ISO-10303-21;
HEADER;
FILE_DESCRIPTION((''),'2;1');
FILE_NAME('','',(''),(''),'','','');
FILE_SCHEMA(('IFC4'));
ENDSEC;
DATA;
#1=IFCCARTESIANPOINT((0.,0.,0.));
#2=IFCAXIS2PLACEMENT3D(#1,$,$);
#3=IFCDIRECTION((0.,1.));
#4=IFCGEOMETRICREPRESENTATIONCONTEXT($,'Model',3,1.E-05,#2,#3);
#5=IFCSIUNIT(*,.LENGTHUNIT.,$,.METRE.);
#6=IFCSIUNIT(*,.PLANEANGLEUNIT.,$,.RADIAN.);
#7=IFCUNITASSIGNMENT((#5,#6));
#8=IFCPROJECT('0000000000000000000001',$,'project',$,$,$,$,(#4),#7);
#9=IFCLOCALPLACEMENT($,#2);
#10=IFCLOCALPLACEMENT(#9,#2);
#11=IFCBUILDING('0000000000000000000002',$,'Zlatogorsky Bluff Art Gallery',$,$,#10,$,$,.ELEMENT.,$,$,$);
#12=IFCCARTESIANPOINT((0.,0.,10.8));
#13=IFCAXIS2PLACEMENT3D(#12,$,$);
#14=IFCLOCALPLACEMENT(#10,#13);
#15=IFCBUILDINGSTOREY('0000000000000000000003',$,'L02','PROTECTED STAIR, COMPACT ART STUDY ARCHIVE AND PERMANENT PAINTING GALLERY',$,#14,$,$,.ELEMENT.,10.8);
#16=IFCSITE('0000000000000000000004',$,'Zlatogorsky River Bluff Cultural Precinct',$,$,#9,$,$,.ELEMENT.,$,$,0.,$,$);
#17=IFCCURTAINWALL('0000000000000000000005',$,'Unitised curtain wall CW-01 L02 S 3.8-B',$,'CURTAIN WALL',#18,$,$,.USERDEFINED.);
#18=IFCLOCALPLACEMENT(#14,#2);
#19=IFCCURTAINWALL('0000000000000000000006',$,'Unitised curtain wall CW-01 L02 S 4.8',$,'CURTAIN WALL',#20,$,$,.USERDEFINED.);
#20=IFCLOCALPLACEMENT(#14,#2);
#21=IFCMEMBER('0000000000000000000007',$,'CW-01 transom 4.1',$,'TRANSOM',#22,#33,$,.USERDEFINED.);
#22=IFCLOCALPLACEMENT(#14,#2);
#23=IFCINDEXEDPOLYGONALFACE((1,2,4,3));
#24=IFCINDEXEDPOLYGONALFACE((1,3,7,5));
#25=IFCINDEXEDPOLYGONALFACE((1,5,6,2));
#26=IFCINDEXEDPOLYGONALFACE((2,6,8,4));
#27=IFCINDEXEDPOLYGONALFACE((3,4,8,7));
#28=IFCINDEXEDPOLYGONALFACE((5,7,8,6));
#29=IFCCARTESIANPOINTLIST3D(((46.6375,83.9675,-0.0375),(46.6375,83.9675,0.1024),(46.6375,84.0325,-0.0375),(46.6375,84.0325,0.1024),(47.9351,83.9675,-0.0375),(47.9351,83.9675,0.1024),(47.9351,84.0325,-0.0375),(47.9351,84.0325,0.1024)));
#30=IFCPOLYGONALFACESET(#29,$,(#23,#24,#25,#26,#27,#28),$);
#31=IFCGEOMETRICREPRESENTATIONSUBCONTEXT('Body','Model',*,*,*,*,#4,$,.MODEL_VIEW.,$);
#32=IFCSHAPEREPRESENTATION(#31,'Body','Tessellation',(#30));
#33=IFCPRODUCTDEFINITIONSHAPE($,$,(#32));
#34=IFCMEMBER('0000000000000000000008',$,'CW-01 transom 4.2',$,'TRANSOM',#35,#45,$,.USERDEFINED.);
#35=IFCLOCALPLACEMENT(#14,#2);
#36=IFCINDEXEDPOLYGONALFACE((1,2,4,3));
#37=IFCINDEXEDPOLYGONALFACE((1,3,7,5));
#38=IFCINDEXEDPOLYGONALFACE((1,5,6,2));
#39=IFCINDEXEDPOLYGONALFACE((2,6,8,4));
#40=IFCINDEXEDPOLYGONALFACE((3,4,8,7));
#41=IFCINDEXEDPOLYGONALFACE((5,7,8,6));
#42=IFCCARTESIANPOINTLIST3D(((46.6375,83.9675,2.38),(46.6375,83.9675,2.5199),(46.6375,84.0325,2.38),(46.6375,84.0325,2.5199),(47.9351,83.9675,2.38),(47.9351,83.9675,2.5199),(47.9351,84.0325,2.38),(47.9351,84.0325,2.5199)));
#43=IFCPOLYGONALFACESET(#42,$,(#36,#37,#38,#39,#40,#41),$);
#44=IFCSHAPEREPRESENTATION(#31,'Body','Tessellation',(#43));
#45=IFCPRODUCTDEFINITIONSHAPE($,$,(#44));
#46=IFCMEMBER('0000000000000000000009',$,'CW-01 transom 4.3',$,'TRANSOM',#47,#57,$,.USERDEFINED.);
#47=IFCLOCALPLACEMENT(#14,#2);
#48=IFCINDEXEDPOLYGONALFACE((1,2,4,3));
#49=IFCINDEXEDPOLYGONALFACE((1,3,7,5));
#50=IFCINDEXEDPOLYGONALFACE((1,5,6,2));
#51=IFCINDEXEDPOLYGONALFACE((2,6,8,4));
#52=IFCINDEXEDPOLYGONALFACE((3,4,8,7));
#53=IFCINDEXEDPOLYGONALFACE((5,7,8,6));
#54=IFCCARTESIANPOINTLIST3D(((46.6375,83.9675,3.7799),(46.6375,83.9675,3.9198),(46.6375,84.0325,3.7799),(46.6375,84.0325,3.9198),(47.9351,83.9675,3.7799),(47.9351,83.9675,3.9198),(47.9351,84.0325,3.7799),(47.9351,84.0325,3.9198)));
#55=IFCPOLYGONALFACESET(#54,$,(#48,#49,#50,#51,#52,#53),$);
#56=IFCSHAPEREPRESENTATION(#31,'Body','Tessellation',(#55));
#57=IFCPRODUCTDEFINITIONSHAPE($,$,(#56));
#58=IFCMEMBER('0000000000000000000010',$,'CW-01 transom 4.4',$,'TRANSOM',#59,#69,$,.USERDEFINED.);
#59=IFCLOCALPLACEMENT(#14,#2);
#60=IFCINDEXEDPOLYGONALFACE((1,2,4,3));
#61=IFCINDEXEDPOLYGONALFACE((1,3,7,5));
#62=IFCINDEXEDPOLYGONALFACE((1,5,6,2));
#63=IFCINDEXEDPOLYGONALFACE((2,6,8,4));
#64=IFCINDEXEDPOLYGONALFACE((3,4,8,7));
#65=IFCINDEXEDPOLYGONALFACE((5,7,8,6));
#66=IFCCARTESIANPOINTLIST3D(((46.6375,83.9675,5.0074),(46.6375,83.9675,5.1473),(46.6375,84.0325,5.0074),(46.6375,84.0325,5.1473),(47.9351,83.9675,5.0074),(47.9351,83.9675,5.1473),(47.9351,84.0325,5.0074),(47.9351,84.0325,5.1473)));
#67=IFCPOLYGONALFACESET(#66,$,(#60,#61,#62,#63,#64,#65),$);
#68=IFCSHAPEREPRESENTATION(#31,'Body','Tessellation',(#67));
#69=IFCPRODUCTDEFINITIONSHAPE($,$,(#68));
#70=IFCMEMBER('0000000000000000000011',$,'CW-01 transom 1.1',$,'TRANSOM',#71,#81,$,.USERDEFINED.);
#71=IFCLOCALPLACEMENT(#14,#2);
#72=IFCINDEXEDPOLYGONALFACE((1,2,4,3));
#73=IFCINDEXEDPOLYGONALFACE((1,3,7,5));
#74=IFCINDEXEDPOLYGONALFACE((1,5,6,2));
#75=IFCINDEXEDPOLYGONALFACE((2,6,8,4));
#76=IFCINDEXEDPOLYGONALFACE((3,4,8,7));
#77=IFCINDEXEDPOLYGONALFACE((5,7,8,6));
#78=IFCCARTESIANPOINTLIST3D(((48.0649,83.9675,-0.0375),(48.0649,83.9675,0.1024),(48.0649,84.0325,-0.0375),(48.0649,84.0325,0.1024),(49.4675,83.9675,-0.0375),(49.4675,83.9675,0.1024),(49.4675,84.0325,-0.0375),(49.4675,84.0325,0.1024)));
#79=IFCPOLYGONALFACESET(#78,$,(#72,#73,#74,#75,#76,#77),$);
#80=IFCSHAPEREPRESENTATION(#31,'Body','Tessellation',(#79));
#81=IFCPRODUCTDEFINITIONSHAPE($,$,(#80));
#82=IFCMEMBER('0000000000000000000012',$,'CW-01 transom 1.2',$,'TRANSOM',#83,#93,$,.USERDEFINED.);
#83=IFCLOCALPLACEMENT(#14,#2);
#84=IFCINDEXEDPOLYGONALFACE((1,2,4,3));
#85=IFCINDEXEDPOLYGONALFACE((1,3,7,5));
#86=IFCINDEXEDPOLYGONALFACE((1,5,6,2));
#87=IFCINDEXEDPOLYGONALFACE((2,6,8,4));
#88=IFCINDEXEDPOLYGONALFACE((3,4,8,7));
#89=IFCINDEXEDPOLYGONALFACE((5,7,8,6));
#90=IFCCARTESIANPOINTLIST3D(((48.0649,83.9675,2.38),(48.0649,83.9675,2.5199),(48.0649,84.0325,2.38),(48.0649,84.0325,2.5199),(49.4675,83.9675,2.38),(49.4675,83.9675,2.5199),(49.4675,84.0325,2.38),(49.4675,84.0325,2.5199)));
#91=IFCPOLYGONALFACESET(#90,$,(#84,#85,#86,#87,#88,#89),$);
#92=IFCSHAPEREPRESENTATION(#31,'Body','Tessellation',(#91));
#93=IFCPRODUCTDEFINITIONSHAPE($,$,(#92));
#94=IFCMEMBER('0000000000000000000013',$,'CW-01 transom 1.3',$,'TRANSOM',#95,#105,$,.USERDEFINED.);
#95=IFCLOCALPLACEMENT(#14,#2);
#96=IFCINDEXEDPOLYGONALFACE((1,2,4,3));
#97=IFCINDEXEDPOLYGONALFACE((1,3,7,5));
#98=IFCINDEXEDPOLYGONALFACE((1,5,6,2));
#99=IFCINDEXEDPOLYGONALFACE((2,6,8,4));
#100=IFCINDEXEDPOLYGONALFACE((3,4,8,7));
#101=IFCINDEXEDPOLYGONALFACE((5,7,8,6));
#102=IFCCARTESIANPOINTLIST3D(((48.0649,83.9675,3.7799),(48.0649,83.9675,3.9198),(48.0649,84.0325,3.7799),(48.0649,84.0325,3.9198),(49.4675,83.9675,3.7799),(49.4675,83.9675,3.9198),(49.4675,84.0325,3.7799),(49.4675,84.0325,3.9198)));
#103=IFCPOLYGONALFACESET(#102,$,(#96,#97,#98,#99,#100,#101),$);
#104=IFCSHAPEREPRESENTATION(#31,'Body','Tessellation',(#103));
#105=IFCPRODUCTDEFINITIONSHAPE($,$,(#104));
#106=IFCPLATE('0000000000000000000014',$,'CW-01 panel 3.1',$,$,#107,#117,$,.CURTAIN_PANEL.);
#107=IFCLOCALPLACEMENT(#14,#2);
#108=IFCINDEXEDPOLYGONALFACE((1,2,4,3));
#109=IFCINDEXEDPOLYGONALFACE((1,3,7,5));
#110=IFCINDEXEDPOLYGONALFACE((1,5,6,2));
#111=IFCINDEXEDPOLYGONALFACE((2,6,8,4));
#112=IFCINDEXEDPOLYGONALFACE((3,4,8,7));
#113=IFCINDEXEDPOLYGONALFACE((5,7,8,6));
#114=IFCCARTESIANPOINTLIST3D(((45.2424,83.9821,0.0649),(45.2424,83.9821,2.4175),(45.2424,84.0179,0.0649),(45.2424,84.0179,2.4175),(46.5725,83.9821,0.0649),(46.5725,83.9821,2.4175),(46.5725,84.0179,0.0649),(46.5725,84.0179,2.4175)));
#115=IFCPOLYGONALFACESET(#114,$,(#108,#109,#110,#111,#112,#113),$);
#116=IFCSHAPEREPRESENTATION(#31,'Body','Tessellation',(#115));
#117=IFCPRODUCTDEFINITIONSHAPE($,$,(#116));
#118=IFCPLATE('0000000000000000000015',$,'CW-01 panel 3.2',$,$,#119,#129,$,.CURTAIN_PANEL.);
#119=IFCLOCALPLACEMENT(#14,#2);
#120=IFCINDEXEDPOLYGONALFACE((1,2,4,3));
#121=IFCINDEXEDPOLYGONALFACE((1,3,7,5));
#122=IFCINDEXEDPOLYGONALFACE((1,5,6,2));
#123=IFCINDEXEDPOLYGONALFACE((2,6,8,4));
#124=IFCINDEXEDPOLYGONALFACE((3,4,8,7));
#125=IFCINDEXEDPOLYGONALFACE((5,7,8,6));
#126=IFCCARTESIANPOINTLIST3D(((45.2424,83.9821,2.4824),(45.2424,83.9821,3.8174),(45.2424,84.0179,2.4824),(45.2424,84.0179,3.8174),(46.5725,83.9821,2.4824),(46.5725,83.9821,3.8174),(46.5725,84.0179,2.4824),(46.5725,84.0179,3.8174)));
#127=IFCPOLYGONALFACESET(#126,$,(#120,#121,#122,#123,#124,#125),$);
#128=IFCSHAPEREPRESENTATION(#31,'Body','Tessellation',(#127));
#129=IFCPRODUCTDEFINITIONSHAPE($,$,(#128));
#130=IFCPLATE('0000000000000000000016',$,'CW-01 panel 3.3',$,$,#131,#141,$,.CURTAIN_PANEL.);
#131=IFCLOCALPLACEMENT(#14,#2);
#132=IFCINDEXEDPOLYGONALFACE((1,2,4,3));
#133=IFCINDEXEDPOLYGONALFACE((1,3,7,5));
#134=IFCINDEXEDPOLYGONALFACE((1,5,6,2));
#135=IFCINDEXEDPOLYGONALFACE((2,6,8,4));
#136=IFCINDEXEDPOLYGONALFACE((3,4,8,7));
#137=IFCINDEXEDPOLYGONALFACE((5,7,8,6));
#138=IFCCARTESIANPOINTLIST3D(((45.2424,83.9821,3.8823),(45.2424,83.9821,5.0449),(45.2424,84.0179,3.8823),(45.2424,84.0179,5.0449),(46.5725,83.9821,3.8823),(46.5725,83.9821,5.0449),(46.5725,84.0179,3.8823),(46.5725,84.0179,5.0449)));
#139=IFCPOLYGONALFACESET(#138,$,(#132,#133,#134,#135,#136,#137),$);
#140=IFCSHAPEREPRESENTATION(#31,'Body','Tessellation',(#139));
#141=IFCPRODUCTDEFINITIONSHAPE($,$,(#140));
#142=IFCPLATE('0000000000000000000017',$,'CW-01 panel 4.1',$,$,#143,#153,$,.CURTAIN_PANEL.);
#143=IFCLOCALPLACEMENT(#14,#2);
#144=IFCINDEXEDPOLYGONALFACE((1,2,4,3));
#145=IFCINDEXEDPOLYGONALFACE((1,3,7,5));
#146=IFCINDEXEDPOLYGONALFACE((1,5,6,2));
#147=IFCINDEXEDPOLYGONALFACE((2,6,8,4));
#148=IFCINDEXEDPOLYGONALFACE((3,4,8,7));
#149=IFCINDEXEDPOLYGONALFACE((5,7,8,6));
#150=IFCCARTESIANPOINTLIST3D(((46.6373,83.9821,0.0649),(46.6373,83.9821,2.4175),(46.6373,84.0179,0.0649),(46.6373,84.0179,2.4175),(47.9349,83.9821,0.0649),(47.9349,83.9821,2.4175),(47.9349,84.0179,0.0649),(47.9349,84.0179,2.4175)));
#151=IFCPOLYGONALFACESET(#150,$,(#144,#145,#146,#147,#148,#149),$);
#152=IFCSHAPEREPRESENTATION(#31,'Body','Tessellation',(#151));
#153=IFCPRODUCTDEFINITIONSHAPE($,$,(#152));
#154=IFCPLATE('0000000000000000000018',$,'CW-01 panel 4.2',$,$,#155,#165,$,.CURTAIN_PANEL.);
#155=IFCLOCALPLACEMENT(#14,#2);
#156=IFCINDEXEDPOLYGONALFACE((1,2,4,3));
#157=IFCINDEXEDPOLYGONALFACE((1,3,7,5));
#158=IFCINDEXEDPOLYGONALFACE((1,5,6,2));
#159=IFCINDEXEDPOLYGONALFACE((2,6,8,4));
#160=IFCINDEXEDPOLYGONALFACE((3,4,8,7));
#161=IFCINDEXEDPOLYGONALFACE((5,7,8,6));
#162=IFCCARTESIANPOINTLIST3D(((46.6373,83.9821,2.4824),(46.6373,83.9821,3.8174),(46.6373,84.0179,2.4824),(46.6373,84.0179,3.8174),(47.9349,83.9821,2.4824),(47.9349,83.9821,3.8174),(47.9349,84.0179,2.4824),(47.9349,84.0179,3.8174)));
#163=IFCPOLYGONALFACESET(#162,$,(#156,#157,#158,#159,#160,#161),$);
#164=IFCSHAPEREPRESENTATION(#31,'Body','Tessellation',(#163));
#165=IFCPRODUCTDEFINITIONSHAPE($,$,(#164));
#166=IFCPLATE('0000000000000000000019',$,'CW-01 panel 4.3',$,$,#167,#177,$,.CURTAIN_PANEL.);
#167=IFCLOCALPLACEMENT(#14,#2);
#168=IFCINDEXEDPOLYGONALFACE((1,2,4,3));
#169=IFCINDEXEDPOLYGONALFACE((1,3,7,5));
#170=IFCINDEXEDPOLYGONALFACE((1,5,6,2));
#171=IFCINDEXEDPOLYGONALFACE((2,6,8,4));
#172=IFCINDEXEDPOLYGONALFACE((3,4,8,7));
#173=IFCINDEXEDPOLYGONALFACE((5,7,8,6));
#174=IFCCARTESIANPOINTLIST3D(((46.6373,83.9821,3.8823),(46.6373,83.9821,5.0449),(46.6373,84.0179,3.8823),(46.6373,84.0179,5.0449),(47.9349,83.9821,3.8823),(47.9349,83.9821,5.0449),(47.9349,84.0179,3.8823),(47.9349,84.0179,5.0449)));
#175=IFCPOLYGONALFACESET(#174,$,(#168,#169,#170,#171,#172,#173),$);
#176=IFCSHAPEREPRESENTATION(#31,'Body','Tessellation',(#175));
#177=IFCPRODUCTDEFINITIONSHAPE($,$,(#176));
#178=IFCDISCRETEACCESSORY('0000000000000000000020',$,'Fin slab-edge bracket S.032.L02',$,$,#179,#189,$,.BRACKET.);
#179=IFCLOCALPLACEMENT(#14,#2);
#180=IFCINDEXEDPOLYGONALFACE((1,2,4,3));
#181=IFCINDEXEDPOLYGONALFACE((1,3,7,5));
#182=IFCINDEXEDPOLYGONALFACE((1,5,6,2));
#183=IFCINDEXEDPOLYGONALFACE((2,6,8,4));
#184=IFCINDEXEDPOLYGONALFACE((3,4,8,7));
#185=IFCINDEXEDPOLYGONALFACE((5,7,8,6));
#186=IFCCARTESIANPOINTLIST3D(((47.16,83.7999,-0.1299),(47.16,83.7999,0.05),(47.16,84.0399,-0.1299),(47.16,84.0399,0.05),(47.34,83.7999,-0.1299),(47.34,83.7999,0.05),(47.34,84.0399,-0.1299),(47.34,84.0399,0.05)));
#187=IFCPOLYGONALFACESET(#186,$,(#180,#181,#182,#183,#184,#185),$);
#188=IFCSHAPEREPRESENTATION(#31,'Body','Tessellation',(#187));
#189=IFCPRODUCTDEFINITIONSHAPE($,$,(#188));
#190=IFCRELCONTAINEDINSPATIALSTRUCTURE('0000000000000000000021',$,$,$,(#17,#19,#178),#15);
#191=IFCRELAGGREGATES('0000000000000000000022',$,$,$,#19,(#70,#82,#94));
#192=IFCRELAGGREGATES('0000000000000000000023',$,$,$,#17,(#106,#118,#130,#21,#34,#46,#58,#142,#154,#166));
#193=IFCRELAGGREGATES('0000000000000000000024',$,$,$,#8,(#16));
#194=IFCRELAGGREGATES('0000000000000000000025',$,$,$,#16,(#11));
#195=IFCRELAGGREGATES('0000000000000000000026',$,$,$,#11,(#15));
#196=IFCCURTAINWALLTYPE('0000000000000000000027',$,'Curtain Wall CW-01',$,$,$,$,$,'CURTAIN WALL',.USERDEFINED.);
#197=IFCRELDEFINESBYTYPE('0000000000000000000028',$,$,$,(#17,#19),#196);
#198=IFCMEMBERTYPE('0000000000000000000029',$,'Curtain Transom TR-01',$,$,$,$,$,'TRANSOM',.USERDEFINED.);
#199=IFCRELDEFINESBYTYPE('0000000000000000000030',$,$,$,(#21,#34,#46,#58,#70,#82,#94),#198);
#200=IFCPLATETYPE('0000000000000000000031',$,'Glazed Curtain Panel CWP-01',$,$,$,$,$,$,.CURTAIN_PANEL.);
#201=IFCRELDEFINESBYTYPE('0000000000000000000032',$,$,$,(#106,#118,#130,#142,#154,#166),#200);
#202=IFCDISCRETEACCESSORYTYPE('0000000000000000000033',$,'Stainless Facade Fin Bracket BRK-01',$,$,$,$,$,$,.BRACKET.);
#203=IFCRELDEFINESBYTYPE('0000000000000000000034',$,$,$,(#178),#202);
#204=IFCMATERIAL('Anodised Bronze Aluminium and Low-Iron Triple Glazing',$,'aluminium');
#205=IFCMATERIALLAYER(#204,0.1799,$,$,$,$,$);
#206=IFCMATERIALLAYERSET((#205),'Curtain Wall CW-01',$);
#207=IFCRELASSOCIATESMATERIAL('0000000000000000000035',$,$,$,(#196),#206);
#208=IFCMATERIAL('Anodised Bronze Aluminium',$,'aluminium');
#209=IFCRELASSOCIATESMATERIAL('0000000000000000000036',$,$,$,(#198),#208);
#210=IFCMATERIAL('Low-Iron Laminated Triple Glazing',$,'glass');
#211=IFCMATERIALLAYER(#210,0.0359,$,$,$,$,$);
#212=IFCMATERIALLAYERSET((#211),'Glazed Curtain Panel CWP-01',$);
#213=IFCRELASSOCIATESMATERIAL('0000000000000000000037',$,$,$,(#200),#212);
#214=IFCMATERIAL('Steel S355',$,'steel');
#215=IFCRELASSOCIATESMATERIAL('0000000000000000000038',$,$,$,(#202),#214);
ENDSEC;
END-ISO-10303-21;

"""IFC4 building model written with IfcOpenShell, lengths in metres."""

from ifc_helpers import new_model, si_unit, direction, frame, origin, origin_2d, place, context, subcontext, project, spatial, rectangle, extrude, material, layer, layer_set, material_profile, profile_set, type_object, element, aggregate, save


model = new_model("IFC4")

# Units and contexts
model_context = context("Model", 3, precision=1e-05, world=origin(), true_north=direction((0.0, 1.0)))
body_context = subcontext(model_context, "Body", "Model", "MODEL_VIEW")
ifc_project = project(units=[si_unit("LENGTHUNIT", "METRE"), si_unit("PLANEANGLEUNIT", "RADIAN")], contexts=[model_context])

# Site, building, storey
site_placement = place(None, origin())
site = spatial("IfcSite", under=ifc_project, at=site_placement, Name="Zlatogorsky River Bluff Cultural Precinct", CompositionType="ELEMENT", RefElevation=0.0)
building_placement = place(site_placement, origin())
building = spatial("IfcBuilding", under=site, at=building_placement, Name="Zlatogorsky Bluff Art Gallery", CompositionType="ELEMENT")
storey_placement = place(building_placement, frame((0.0, 0.0, 10.8)))
storey = spatial("IfcBuildingStorey", under=building, at=storey_placement, Name="L02", Description="PROTECTED STAIR, COMPACT ART STUDY ARCHIVE AND PERMANENT PAINTING GALLERY", CompositionType="ELEMENT", Elevation=10.8)

# Shared definitions
ifc_material_1 = material(Name="Steel S355", Category="steel")

# Curtain wall
ifc_material_2 = material(Name="Anodised Bronze Aluminium and Low-Iron Triple Glazing", Category="aluminium")
ifc_layer_1 = layer(ifc_material_2, 0.1799)
ifc_layer_set_1 = layer_set([ifc_layer_1], Name="Curtain Wall CW-01")
curtain_wall_type = type_object("IfcCurtainWallType", Name="Curtain Wall CW-01", ElementType="CURTAIN WALL", PredefinedType="USERDEFINED", material=ifc_layer_set_1)
curtain_wall_1_placement = place(storey_placement, origin())
curtain_wall_1 = element("IfcCurtainWall", 1, at=curtain_wall_1_placement, inside=storey, type_object=curtain_wall_type, Name="Unitised curtain wall CW-01 L02 S 3.8-B", ObjectType="CURTAIN WALL", PredefinedType="USERDEFINED")
ifc_material_3 = material(Name="Anodised Bronze Aluminium", Category="aluminium")

# Curtain wall
curtain_wall_2_placement = place(storey_placement, origin())
curtain_wall_2 = element("IfcCurtainWall", 2, at=curtain_wall_2_placement, inside=storey, type_object=curtain_wall_type, Name="Unitised curtain wall CW-01 L02 S 4.8", ObjectType="CURTAIN WALL", PredefinedType="USERDEFINED")

# Members
ifc_material_profile_1 = material_profile(ifc_material_3, rectangle(XDim=0.0649, YDim=0.1399, at=origin_2d()), Name="ALU TRANSOM 65x140")
ifc_profile_set_1 = profile_set([ifc_material_profile_1], Name="Anodised Bronze Aluminium")
member_type_1 = type_object("IfcMemberType", Name="Curtain Transom TR-01", ElementType="TRANSOM", PredefinedType="USERDEFINED", material=ifc_profile_set_1)
member_1_placement = place(storey_placement, frame((46.6375, 84.0, 0.0325), z_axis=(1.0, 0.0, 0.0), x_axis=(0.0, 1.0, 0.0)))
member_1 = element("IfcMember", 3, at=member_1_placement, type_object=member_type_1, Name="CW-01 transom 4.1", ObjectType="TRANSOM", PredefinedType="USERDEFINED", context=body_context, shape_type="SweptSolid", body=[
    extrude(rectangle(XDim=0.0649, YDim=0.1399, at=origin_2d()), origin(), (0.0, 0.0, 1.0), 1.2976),
])
member_2_placement = place(storey_placement, frame((46.6375, 84.0, 2.45), z_axis=(1.0, 0.0, 0.0), x_axis=(0.0, 1.0, 0.0)))
member_2 = element("IfcMember", 4, at=member_2_placement, type_object=member_type_1, Name="CW-01 transom 4.2", ObjectType="TRANSOM", PredefinedType="USERDEFINED", context=body_context, shape_type="SweptSolid", body=[
    extrude(rectangle(XDim=0.0649, YDim=0.1399, at=origin_2d()), origin(), (0.0, 0.0, 1.0), 1.2976),
])
member_3_placement = place(storey_placement, frame((46.6375, 84.0, 3.8499), z_axis=(1.0, 0.0, 0.0), x_axis=(0.0, 1.0, 0.0)))
member_3 = element("IfcMember", 5, at=member_3_placement, type_object=member_type_1, Name="CW-01 transom 4.3", ObjectType="TRANSOM", PredefinedType="USERDEFINED", context=body_context, shape_type="SweptSolid", body=[
    extrude(rectangle(XDim=0.0649, YDim=0.1399, at=origin_2d()), origin(), (0.0, 0.0, 1.0), 1.2976),
])
member_4_placement = place(storey_placement, frame((46.6375, 84.0, 5.0774), z_axis=(1.0, 0.0, 0.0), x_axis=(0.0, 1.0, 0.0)))
member_4 = element("IfcMember", 6, at=member_4_placement, type_object=member_type_1, Name="CW-01 transom 4.4", ObjectType="TRANSOM", PredefinedType="USERDEFINED", context=body_context, shape_type="SweptSolid", body=[
    extrude(rectangle(XDim=0.0649, YDim=0.1399, at=origin_2d()), origin(), (0.0, 0.0, 1.0), 1.2976),
])
member_5_placement = place(storey_placement, frame((48.0649, 84.0, 0.0325), z_axis=(1.0, 0.0, 0.0), x_axis=(0.0, 1.0, 0.0)))
member_5 = element("IfcMember", 7, at=member_5_placement, type_object=member_type_1, Name="CW-01 transom 1.1", ObjectType="TRANSOM", PredefinedType="USERDEFINED", context=body_context, shape_type="SweptSolid", body=[
    extrude(rectangle(XDim=0.0649, YDim=0.1399, at=origin_2d()), origin(), (0.0, 0.0, 1.0), 1.4026),
])
member_6_placement = place(storey_placement, frame((48.0649, 84.0, 2.45), z_axis=(1.0, 0.0, 0.0), x_axis=(0.0, 1.0, 0.0)))
member_6 = element("IfcMember", 8, at=member_6_placement, type_object=member_type_1, Name="CW-01 transom 1.2", ObjectType="TRANSOM", PredefinedType="USERDEFINED", context=body_context, shape_type="SweptSolid", body=[
    extrude(rectangle(XDim=0.0649, YDim=0.1399, at=origin_2d()), origin(), (0.0, 0.0, 1.0), 1.4026),
])
member_7_placement = place(storey_placement, frame((48.0649, 84.0, 3.8499), z_axis=(1.0, 0.0, 0.0), x_axis=(0.0, 1.0, 0.0)))
member_7 = element("IfcMember", 9, at=member_7_placement, type_object=member_type_1, Name="CW-01 transom 1.3", ObjectType="TRANSOM", PredefinedType="USERDEFINED", context=body_context, shape_type="SweptSolid", body=[
    extrude(rectangle(XDim=0.0649, YDim=0.1399, at=origin_2d()), origin(), (0.0, 0.0, 1.0), 1.4026),
])
aggregate(curtain_wall_2, [member_5, member_6, member_7])

# Plates
ifc_material_4 = material(Name="Low-Iron Laminated Triple Glazing", Category="glass")
ifc_layer_2 = layer(ifc_material_4, 0.0359)
ifc_layer_set_2 = layer_set([ifc_layer_2], Name="Glazed Curtain Panel CWP-01")
plate_type = type_object("IfcPlateType", Name="Glazed Curtain Panel CWP-01", PredefinedType="CURTAIN_PANEL", material=ifc_layer_set_2)
plate_1_placement = place(storey_placement, frame((45.9075, 84.0, 0.0649), z_axis=(0.0, 0.0, 1.0), x_axis=(1.0, 0.0, 0.0)))
plate_1 = element("IfcPlate", 10, at=plate_1_placement, type_object=plate_type, Name="CW-01 panel 3.1", PredefinedType="CURTAIN_PANEL", context=body_context, shape_type="SweptSolid", body=[
    extrude(rectangle(XDim=1.3301, YDim=0.0359, at=origin_2d()), origin(), (0.0, 0.0, 1.0), 2.3525),
])
plate_2_placement = place(storey_placement, frame((45.9075, 84.0, 2.4824), z_axis=(0.0, 0.0, 1.0), x_axis=(1.0, 0.0, 0.0)))
plate_2 = element("IfcPlate", 11, at=plate_2_placement, type_object=plate_type, Name="CW-01 panel 3.2", PredefinedType="CURTAIN_PANEL", context=body_context, shape_type="SweptSolid", body=[
    extrude(rectangle(XDim=1.3301, YDim=0.0359, at=origin_2d()), origin(), (0.0, 0.0, 1.0), 1.335),
])
plate_3_placement = place(storey_placement, frame((45.9075, 84.0, 3.8823), z_axis=(0.0, 0.0, 1.0), x_axis=(1.0, 0.0, 0.0)))
plate_3 = element("IfcPlate", 12, at=plate_3_placement, type_object=plate_type, Name="CW-01 panel 3.3", PredefinedType="CURTAIN_PANEL", context=body_context, shape_type="SweptSolid", body=[
    extrude(rectangle(XDim=1.3301, YDim=0.0359, at=origin_2d()), origin(), (0.0, 0.0, 1.0), 1.1626),
])
plate_4_placement = place(storey_placement, frame((47.2861, 84.0, 0.0649), z_axis=(0.0, 0.0, 1.0), x_axis=(1.0, 0.0, 0.0)))
plate_4 = element("IfcPlate", 13, at=plate_4_placement, type_object=plate_type, Name="CW-01 panel 4.1", PredefinedType="CURTAIN_PANEL", context=body_context, shape_type="SweptSolid", body=[
    extrude(rectangle(XDim=1.2976, YDim=0.0359, at=origin_2d()), origin(), (0.0, 0.0, 1.0), 2.3525),
])
plate_5_placement = place(storey_placement, frame((47.2861, 84.0, 2.4824), z_axis=(0.0, 0.0, 1.0), x_axis=(1.0, 0.0, 0.0)))
plate_5 = element("IfcPlate", 14, at=plate_5_placement, type_object=plate_type, Name="CW-01 panel 4.2", PredefinedType="CURTAIN_PANEL", context=body_context, shape_type="SweptSolid", body=[
    extrude(rectangle(XDim=1.2976, YDim=0.0359, at=origin_2d()), origin(), (0.0, 0.0, 1.0), 1.335),
])
plate_6_placement = place(storey_placement, frame((47.2861, 84.0, 3.8823), z_axis=(0.0, 0.0, 1.0), x_axis=(1.0, 0.0, 0.0)))
plate_6 = element("IfcPlate", 15, at=plate_6_placement, type_object=plate_type, Name="CW-01 panel 4.3", PredefinedType="CURTAIN_PANEL", context=body_context, shape_type="SweptSolid", body=[
    extrude(rectangle(XDim=1.2976, YDim=0.0359, at=origin_2d()), origin(), (0.0, 0.0, 1.0), 1.1626),
])
aggregate(curtain_wall_1, [plate_1, plate_2, plate_3, member_1, member_2, member_3, member_4, plate_4, plate_5, plate_6])

# Discrete accessory
discrete_accessory_type = type_object("IfcDiscreteAccessoryType", Name="Stainless Facade Fin Bracket BRK-01", PredefinedType="BRACKET", material=ifc_material_1)
discrete_accessory_placement = place(storey_placement, frame((47.25, 83.9199, -0.1299), z_axis=(0.0, 0.0, 1.0), x_axis=(1.0, 0.0, 0.0)))
element("IfcDiscreteAccessory", 16, at=discrete_accessory_placement, inside=storey, type_object=discrete_accessory_type, Name="Fin slab-edge bracket S.032.L02", PredefinedType="BRACKET", context=body_context, shape_type="SweptSolid", body=[
    extrude(rectangle(XDim=0.1799, YDim=0.24, at=origin_2d()), origin(), (0.0, 0.0, 1.0), 0.1799),
])

save(model, "model.ifc")
